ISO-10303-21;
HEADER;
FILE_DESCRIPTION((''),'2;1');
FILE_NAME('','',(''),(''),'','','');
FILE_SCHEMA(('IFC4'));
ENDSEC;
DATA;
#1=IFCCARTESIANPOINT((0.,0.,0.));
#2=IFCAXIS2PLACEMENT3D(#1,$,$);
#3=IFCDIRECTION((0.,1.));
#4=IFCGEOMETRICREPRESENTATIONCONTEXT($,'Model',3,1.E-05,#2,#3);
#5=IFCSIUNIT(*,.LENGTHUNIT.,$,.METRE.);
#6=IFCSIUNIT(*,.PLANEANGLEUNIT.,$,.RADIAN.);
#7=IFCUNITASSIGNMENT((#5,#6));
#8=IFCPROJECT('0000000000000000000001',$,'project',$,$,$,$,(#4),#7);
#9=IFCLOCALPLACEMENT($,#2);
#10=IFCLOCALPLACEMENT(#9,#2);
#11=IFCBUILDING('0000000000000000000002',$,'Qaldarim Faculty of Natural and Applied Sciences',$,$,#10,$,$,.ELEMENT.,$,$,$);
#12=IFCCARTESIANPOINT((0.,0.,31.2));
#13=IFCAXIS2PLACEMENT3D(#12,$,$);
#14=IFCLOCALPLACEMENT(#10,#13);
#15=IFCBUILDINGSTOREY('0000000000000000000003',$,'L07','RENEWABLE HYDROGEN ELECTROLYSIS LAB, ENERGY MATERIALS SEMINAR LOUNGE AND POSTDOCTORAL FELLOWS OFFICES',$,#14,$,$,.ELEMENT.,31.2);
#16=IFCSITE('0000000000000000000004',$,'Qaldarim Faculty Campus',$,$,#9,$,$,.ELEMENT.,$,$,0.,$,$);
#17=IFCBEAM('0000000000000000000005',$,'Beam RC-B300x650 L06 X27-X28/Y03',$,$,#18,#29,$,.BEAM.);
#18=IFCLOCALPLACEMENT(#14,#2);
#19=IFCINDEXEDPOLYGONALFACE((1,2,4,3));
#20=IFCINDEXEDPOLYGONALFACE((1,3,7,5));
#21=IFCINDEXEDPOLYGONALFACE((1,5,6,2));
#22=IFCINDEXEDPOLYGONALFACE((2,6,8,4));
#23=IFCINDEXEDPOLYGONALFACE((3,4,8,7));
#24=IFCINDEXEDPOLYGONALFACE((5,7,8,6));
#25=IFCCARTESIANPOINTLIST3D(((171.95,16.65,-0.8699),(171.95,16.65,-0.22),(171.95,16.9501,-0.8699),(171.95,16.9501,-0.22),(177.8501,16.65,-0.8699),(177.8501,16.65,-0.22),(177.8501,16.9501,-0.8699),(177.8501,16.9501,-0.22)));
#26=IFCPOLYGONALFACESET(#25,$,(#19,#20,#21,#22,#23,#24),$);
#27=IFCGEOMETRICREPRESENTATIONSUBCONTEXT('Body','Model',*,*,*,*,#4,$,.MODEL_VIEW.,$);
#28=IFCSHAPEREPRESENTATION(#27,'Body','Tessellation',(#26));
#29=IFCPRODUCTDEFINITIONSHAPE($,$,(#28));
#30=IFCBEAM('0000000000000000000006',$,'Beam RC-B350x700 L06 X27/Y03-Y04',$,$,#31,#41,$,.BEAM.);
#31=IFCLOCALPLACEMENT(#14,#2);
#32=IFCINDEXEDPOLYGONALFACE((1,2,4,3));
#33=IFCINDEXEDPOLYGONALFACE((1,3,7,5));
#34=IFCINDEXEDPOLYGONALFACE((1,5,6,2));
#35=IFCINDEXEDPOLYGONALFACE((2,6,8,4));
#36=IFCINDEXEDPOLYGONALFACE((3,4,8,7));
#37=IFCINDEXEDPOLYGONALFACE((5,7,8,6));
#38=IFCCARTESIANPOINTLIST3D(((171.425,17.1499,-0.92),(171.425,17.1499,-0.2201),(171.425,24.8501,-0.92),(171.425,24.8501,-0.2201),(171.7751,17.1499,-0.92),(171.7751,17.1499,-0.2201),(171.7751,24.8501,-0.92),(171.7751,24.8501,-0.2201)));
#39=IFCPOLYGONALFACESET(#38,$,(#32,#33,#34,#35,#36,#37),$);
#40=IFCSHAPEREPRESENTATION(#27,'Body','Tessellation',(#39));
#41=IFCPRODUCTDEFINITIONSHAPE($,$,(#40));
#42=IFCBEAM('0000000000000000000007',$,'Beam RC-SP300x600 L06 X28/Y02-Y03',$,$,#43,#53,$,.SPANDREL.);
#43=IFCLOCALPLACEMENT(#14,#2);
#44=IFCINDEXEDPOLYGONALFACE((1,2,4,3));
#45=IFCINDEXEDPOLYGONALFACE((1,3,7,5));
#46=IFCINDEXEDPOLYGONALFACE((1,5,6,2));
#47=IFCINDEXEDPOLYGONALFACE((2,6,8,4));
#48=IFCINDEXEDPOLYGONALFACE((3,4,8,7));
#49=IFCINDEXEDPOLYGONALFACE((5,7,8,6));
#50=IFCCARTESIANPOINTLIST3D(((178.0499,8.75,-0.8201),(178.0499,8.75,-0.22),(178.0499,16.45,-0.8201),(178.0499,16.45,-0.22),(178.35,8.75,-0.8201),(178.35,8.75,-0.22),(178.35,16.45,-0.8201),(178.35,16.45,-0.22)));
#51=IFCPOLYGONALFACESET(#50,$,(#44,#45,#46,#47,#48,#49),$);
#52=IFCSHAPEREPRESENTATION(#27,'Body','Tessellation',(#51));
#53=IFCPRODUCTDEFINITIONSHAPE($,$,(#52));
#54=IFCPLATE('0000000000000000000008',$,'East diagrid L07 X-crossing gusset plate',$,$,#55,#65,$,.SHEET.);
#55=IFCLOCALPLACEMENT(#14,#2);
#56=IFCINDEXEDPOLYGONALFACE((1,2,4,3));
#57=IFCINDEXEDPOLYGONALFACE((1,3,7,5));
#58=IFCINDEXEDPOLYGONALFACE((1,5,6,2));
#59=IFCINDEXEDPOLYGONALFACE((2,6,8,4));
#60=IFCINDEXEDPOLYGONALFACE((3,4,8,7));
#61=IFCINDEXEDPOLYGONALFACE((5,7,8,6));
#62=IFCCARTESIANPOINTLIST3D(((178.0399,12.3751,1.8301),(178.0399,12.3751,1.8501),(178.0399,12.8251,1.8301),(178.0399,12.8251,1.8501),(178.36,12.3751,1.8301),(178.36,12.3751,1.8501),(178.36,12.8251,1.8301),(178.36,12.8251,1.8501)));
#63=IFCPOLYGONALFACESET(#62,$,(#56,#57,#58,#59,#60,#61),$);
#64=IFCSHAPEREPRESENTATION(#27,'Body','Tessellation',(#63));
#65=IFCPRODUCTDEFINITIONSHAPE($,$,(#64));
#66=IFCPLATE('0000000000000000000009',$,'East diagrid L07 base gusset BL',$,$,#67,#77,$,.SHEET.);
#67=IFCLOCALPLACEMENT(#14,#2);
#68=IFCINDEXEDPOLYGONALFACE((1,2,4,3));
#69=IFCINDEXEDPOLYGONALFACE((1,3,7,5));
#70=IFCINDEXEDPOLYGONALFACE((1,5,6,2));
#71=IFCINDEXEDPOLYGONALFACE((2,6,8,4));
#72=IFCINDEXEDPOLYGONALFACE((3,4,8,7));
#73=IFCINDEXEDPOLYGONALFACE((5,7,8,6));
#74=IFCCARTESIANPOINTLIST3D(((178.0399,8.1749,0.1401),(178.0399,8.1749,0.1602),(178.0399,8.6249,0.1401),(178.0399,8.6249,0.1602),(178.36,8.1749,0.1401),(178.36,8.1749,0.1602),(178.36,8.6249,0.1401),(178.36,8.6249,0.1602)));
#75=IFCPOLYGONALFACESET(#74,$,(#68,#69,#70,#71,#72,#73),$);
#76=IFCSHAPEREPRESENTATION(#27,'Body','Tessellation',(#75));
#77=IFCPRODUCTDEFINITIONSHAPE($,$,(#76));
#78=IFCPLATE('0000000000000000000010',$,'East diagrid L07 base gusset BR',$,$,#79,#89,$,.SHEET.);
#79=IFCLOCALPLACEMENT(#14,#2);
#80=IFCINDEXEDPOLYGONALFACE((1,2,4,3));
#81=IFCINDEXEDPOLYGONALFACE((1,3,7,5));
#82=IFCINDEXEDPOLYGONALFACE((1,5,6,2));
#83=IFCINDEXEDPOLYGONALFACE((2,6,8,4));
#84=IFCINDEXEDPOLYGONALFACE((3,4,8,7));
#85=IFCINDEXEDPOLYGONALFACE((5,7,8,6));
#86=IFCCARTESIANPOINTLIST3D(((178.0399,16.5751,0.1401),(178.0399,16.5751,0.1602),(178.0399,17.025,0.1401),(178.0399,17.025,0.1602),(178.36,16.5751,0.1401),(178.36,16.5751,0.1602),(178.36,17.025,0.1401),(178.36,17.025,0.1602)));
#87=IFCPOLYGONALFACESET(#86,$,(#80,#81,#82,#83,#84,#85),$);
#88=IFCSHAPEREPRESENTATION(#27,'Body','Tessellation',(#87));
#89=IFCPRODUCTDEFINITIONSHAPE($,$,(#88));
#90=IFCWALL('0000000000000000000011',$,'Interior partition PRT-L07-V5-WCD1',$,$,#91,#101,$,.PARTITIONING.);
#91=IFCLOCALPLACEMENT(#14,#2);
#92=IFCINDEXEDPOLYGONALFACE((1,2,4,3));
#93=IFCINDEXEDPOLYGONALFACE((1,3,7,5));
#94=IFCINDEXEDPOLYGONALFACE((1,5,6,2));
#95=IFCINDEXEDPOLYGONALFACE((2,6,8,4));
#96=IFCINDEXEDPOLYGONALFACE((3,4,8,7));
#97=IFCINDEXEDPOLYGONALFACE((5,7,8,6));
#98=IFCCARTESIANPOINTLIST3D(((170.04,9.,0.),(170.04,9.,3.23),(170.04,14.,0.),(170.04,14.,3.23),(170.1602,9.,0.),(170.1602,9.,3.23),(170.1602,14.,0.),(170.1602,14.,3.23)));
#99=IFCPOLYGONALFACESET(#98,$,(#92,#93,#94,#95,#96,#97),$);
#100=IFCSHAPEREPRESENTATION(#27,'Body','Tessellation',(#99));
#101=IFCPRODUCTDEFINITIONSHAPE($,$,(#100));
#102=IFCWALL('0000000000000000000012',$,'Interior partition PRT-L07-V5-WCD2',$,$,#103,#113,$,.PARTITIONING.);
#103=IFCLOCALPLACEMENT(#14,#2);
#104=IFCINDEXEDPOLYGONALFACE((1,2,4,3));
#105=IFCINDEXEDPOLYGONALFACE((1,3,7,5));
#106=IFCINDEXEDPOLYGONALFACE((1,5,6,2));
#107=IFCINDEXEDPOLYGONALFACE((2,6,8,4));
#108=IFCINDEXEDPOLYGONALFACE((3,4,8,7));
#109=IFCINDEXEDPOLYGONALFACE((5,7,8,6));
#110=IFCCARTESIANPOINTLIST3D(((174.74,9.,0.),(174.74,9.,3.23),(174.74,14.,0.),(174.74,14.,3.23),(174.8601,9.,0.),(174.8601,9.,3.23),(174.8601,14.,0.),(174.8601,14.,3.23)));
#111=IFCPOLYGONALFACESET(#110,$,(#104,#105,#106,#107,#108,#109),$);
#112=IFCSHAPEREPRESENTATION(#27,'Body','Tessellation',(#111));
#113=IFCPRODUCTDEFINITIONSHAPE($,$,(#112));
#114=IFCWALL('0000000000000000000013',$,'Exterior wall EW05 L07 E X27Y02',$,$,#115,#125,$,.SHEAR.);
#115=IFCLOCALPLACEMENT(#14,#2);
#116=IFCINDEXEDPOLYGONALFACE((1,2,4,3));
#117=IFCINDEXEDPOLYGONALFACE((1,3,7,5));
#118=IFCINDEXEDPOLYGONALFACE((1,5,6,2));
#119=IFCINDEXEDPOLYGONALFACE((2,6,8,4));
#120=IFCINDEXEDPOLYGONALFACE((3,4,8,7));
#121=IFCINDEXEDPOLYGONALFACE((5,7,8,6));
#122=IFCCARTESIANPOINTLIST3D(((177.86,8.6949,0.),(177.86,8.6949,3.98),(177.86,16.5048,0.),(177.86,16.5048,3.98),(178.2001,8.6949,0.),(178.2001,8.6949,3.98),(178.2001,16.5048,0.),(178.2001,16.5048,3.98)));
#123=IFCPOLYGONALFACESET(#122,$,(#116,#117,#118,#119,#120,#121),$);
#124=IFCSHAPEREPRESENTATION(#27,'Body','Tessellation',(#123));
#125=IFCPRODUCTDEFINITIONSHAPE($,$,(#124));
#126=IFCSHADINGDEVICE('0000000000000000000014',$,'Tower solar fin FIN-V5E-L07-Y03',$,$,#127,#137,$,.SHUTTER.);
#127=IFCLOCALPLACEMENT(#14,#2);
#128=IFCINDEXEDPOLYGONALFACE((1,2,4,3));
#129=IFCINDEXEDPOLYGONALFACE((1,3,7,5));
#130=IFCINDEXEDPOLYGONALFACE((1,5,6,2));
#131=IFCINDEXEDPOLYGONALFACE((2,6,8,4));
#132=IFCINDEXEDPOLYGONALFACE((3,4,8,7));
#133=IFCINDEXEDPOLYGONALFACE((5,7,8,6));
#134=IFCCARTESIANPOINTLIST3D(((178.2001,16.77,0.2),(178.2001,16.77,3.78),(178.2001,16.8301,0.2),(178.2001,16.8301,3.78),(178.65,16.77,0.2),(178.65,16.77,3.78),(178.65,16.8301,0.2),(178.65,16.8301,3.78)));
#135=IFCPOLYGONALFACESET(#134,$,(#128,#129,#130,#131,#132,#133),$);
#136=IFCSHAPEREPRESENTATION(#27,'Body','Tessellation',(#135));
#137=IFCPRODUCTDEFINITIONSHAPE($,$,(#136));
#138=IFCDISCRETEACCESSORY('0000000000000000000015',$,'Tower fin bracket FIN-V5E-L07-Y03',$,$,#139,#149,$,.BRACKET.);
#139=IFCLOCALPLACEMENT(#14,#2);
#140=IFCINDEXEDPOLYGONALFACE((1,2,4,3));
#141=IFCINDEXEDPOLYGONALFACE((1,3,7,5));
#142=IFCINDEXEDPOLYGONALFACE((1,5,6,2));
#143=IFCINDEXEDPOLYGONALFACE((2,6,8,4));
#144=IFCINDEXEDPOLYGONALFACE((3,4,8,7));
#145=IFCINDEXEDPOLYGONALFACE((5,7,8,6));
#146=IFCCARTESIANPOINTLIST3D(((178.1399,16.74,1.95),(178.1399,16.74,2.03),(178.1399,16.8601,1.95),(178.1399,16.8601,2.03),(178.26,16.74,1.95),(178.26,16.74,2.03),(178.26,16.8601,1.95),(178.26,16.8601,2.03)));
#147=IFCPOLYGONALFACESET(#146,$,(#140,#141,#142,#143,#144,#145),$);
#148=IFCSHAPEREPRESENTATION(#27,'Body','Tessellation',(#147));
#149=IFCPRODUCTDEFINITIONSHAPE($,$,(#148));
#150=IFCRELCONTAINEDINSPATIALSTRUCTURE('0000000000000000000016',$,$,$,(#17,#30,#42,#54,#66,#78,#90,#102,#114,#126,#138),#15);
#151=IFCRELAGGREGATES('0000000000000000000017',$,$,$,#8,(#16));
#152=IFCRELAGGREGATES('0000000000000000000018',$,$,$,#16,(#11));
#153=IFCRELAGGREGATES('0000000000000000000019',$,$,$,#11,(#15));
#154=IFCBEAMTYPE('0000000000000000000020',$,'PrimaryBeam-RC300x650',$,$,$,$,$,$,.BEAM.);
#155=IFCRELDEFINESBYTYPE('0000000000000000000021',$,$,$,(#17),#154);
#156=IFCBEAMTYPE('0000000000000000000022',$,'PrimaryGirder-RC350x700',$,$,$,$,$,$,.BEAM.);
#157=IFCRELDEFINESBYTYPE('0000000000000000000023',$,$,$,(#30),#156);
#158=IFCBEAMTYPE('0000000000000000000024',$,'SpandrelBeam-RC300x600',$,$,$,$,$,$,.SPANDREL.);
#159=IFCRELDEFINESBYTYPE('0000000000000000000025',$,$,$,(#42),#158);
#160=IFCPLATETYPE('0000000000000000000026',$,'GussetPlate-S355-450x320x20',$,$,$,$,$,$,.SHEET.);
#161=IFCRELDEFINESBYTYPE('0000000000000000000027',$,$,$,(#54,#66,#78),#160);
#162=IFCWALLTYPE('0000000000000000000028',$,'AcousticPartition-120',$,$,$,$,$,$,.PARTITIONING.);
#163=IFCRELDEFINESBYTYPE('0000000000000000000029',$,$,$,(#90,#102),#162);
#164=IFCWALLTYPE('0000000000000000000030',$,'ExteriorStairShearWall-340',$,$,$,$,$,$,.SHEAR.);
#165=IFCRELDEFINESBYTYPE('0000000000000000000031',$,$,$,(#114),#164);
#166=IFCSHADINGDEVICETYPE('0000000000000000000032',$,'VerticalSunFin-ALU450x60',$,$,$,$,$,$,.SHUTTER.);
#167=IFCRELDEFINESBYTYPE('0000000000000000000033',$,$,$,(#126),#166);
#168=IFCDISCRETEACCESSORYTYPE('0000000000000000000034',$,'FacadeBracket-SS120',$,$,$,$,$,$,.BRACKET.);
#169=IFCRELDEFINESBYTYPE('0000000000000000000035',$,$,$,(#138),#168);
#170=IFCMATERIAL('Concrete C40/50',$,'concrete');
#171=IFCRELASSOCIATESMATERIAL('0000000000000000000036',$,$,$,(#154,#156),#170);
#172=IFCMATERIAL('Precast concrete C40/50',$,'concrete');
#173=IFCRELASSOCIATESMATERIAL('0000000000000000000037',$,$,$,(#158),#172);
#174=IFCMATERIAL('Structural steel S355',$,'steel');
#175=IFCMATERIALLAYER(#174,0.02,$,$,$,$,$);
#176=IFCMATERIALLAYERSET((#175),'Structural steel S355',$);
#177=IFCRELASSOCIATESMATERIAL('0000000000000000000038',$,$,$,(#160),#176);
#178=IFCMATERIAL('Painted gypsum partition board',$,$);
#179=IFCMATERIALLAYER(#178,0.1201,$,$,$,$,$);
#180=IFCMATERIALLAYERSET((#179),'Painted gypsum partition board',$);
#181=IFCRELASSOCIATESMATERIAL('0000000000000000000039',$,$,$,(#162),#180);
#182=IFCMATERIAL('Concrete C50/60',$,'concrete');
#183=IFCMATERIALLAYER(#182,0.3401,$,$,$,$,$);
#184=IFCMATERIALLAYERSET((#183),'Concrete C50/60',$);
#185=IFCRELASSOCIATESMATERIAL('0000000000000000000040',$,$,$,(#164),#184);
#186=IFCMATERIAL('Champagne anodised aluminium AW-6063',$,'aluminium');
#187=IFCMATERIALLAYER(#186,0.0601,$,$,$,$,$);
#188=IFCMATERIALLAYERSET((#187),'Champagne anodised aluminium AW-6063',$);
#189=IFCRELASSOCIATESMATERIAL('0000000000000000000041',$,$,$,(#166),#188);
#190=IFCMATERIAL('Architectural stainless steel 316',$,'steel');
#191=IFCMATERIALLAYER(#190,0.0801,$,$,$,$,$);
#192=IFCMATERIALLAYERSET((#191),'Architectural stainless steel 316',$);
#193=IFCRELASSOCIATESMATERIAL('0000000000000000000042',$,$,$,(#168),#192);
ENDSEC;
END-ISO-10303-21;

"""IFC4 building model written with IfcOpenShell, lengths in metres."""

from ifc_helpers import new_model, si_unit, direction, frame, frame_2d, origin, origin_2d, place, context, subcontext, project, spatial, rectangle, extrude, material, layer, layer_set, material_profile, profile_set, type_object, element, save


model = new_model("IFC4")

# Units and contexts
model_context = context("Model", 3, precision=1e-05, world=origin(), true_north=direction((0.0, 1.0)))
body_context = subcontext(model_context, "Body", "Model", "MODEL_VIEW")
ifc_project = project(units=[si_unit("LENGTHUNIT", "METRE"), si_unit("PLANEANGLEUNIT", "RADIAN")], contexts=[model_context])

# Site, building, storey
site_placement = place(None, origin())
site = spatial("IfcSite", under=ifc_project, at=site_placement, Name="Qaldarim Faculty Campus", CompositionType="ELEMENT", RefElevation=0.0)
building_placement = place(site_placement, origin())
building = spatial("IfcBuilding", under=site, at=building_placement, Name="Qaldarim Faculty of Natural and Applied Sciences", CompositionType="ELEMENT")
storey_placement = place(building_placement, frame((0.0, 0.0, 31.2)))
storey = spatial("IfcBuildingStorey", under=building, at=storey_placement, Name="L07", Description="RENEWABLE HYDROGEN ELECTROLYSIS LAB, ENERGY MATERIALS SEMINAR LOUNGE AND POSTDOCTORAL FELLOWS OFFICES", CompositionType="ELEMENT", Elevation=31.2)

# Shared definitions
ifc_material_1 = material(Name="Concrete C50/60", Category="concrete")

# Shared definitions
ifc_material_2 = material(Name="Concrete C40/50", Category="concrete")

# Shared definitions
ifc_material_3 = material(Name="Structural steel S355", Category="steel")

# Beams
ifc_material_profile_1 = material_profile(ifc_material_2, rectangle(XDim=0.3, YDim=0.6499, at=origin_2d()), Name="RC-B300x650")
ifc_profile_set_1 = profile_set([ifc_material_profile_1], Name="Concrete C40/50")
beam_type_1 = type_object("IfcBeamType", Name="PrimaryBeam-RC300x650", PredefinedType="BEAM", material=ifc_profile_set_1)
beam_1_placement = place(storey_placement, frame((171.95, 16.8, -0.5449), z_axis=(1.0, 0.0, 0.0), x_axis=(0.0, 1.0, 0.0)))
element("IfcBeam", 1, at=beam_1_placement, inside=storey, type_object=beam_type_1, Name="Beam RC-B300x650 L06 X27-X28/Y03", PredefinedType="BEAM", context=body_context, shape_type="SweptSolid", body=[
    extrude(rectangle(XDim=0.3, YDim=0.6499, at=origin_2d()), origin(), (0.0, 0.0, 1.0), 5.9001),
])
ifc_material_profile_2 = material_profile(ifc_material_2, rectangle(XDim=0.3501, YDim=0.7, at=origin_2d()), Name="RC-B350x700")
ifc_profile_set_2 = profile_set([ifc_material_profile_2], Name="Concrete C40/50")
beam_type_2 = type_object("IfcBeamType", Name="PrimaryGirder-RC350x700", PredefinedType="BEAM", material=ifc_profile_set_2)
beam_2_placement = place(storey_placement, frame((171.6001, 17.1499, -0.5701), z_axis=(0.0, 1.0, 0.0), x_axis=(-1.0, 0.0, 0.0)))
element("IfcBeam", 2, at=beam_2_placement, inside=storey, type_object=beam_type_2, Name="Beam RC-B350x700 L06 X27/Y03-Y04", PredefinedType="BEAM", context=body_context, shape_type="SweptSolid", body=[
    extrude(rectangle(XDim=0.3501, YDim=0.7, at=origin_2d()), origin(), (0.0, 0.0, 1.0), 7.7002),
])
ifc_material_4 = material(Name="Precast concrete C40/50", Category="concrete")
ifc_material_profile_3 = material_profile(ifc_material_4, rectangle(XDim=0.3, YDim=0.6001, at=origin_2d()), Name="RC-SP300x600")
ifc_profile_set_3 = profile_set([ifc_material_profile_3], Name="Precast concrete C40/50")
beam_type_3 = type_object("IfcBeamType", Name="SpandrelBeam-RC300x600", PredefinedType="SPANDREL", material=ifc_profile_set_3)
beam_3_placement = place(storey_placement, frame((178.2, 8.75, -0.52), z_axis=(0.0, 1.0, 0.0), x_axis=(-1.0, 0.0, 0.0)))
element("IfcBeam", 3, at=beam_3_placement, inside=storey, type_object=beam_type_3, Name="Beam RC-SP300x600 L06 X28/Y02-Y03", PredefinedType="SPANDREL", context=body_context, shape_type="SweptSolid", body=[
    extrude(rectangle(XDim=0.3, YDim=0.6001, at=origin_2d()), origin(), (0.0, 0.0, 1.0), 7.7),
])

# Plates
ifc_layer_1 = layer(ifc_material_3, 0.02)
ifc_layer_set_1 = layer_set([ifc_layer_1], Name="Structural steel S355")
plate_type = type_object("IfcPlateType", Name="GussetPlate-S355-450x320x20", PredefinedType="SHEET", material=ifc_layer_set_1)
for number, where, z_axis, x_axis, name in (
    (4, (178.2, 12.6001, 1.8301), (0.0, 0.0, 1.0), (0.0, 1.0, 0.0), "East diagrid L07 X-crossing gusset plate"),
    (5, (178.2, 8.3999, 0.1401), (0.0, 0.0, 1.0), (0.0, 1.0, 0.0), "East diagrid L07 base gusset BL"),
    (6, (178.2, 16.8, 0.1401), (0.0, 0.0, 1.0), (0.0, 1.0, 0.0), "East diagrid L07 base gusset BR"),
):
    element("IfcPlate", number, at=place(storey_placement, frame(where, z_axis=z_axis, x_axis=x_axis)), inside=storey, type_object=plate_type, Name=name, PredefinedType="SHEET", context=body_context, shape_type="SweptSolid", body=[
        extrude(rectangle(XDim=0.45, YDim=0.3201, at=origin_2d()), origin(), (0.0, 0.0, 1.0), 0.02),
    ])

# Walls
ifc_material_5 = material(Name="Painted gypsum partition board")
ifc_layer_2 = layer(ifc_material_5, 0.1201)
ifc_layer_set_2 = layer_set([ifc_layer_2], Name="Painted gypsum partition board")
wall_type_1 = type_object("IfcWallType", Name="AcousticPartition-120", PredefinedType="PARTITIONING", material=ifc_layer_set_2)
for number, where, z_axis, x_axis, name in (
    (7, (170.1001, 9.0, 0.0), (0.0, 0.0, 1.0), (0.0, 1.0, 0.0), "Interior partition PRT-L07-V5-WCD1"),
    (8, (174.8, 9.0, 0.0), (0.0, 0.0, 1.0), (0.0, 1.0, 0.0), "Interior partition PRT-L07-V5-WCD2"),
):
    element("IfcWall", number, at=place(storey_placement, frame(where, z_axis=z_axis, x_axis=x_axis)), inside=storey, type_object=wall_type_1, Name=name, PredefinedType="PARTITIONING", context=body_context, shape_type="SweptSolid", body=[
        extrude(rectangle(XDim=5.0, YDim=0.1201, at=frame_2d((2.5, 0.0))), origin(), (0.0, 0.0, 1.0), 3.23),
    ])

# Shared definitions
ifc_material_6 = material(Name="Architectural stainless steel 316", Category="steel")

# Wall
ifc_layer_3 = layer(ifc_material_1, 0.3401)
ifc_layer_set_3 = layer_set([ifc_layer_3], Name="Concrete C50/60")
wall_type_2 = type_object("IfcWallType", Name="ExteriorStairShearWall-340", PredefinedType="SHEAR", material=ifc_layer_set_3)
wall_1_placement = place(storey_placement, frame((178.03, 8.6951, 0.0), z_axis=(0.0, 0.0, 1.0), x_axis=(0.0, 1.0, 0.0)))
element("IfcWall", 9, at=wall_1_placement, inside=storey, type_object=wall_type_2, Name="Exterior wall EW05 L07 E X27Y02", PredefinedType="SHEAR", context=body_context, shape_type="SweptSolid", body=[
    extrude(rectangle(XDim=7.8098, YDim=0.3401, at=frame_2d((3.9048, 0.0))), origin(), (0.0, 0.0, 1.0), 3.98),
])

# Shading device
ifc_material_7 = material(Name="Champagne anodised aluminium AW-6063", Category="aluminium")
ifc_layer_4 = layer(ifc_material_7, 0.0601)
ifc_layer_set_4 = layer_set([ifc_layer_4], Name="Champagne anodised aluminium AW-6063")
shading_device_type = type_object("IfcShadingDeviceType", Name="VerticalSunFin-ALU450x60", PredefinedType="SHUTTER", material=ifc_layer_set_4)
shading_device_placement = place(storey_placement, frame((178.425, 16.8, 0.2), z_axis=(0.0, 0.0, 1.0), x_axis=(1.0, 0.0, 0.0)))
element("IfcShadingDevice", 10, at=shading_device_placement, inside=storey, type_object=shading_device_type, Name="Tower solar fin FIN-V5E-L07-Y03", PredefinedType="SHUTTER", context=body_context, shape_type="SweptSolid", body=[
    extrude(rectangle(XDim=0.45, YDim=0.0601, at=origin_2d()), origin(), (0.0, 0.0, 1.0), 3.5801),
])

# Discrete accessory
ifc_layer_5 = layer(ifc_material_6, 0.0801)
ifc_layer_set_5 = layer_set([ifc_layer_5], Name="Architectural stainless steel 316")
discrete_accessory_type = type_object("IfcDiscreteAccessoryType", Name="FacadeBracket-SS120", PredefinedType="BRACKET", material=ifc_layer_set_5)
discrete_accessory_placement = place(storey_placement, frame((178.2, 16.8, 1.95), z_axis=(0.0, 0.0, 1.0), x_axis=(1.0, 0.0, 0.0)))
element("IfcDiscreteAccessory", 11, at=discrete_accessory_placement, inside=storey, type_object=discrete_accessory_type, Name="Tower fin bracket FIN-V5E-L07-Y03", PredefinedType="BRACKET", context=body_context, shape_type="SweptSolid", body=[
    extrude(rectangle(XDim=0.1201, YDim=0.1201, at=origin_2d()), origin(), (0.0, 0.0, 1.0), 0.0801),
])

save(model, "model.ifc")
